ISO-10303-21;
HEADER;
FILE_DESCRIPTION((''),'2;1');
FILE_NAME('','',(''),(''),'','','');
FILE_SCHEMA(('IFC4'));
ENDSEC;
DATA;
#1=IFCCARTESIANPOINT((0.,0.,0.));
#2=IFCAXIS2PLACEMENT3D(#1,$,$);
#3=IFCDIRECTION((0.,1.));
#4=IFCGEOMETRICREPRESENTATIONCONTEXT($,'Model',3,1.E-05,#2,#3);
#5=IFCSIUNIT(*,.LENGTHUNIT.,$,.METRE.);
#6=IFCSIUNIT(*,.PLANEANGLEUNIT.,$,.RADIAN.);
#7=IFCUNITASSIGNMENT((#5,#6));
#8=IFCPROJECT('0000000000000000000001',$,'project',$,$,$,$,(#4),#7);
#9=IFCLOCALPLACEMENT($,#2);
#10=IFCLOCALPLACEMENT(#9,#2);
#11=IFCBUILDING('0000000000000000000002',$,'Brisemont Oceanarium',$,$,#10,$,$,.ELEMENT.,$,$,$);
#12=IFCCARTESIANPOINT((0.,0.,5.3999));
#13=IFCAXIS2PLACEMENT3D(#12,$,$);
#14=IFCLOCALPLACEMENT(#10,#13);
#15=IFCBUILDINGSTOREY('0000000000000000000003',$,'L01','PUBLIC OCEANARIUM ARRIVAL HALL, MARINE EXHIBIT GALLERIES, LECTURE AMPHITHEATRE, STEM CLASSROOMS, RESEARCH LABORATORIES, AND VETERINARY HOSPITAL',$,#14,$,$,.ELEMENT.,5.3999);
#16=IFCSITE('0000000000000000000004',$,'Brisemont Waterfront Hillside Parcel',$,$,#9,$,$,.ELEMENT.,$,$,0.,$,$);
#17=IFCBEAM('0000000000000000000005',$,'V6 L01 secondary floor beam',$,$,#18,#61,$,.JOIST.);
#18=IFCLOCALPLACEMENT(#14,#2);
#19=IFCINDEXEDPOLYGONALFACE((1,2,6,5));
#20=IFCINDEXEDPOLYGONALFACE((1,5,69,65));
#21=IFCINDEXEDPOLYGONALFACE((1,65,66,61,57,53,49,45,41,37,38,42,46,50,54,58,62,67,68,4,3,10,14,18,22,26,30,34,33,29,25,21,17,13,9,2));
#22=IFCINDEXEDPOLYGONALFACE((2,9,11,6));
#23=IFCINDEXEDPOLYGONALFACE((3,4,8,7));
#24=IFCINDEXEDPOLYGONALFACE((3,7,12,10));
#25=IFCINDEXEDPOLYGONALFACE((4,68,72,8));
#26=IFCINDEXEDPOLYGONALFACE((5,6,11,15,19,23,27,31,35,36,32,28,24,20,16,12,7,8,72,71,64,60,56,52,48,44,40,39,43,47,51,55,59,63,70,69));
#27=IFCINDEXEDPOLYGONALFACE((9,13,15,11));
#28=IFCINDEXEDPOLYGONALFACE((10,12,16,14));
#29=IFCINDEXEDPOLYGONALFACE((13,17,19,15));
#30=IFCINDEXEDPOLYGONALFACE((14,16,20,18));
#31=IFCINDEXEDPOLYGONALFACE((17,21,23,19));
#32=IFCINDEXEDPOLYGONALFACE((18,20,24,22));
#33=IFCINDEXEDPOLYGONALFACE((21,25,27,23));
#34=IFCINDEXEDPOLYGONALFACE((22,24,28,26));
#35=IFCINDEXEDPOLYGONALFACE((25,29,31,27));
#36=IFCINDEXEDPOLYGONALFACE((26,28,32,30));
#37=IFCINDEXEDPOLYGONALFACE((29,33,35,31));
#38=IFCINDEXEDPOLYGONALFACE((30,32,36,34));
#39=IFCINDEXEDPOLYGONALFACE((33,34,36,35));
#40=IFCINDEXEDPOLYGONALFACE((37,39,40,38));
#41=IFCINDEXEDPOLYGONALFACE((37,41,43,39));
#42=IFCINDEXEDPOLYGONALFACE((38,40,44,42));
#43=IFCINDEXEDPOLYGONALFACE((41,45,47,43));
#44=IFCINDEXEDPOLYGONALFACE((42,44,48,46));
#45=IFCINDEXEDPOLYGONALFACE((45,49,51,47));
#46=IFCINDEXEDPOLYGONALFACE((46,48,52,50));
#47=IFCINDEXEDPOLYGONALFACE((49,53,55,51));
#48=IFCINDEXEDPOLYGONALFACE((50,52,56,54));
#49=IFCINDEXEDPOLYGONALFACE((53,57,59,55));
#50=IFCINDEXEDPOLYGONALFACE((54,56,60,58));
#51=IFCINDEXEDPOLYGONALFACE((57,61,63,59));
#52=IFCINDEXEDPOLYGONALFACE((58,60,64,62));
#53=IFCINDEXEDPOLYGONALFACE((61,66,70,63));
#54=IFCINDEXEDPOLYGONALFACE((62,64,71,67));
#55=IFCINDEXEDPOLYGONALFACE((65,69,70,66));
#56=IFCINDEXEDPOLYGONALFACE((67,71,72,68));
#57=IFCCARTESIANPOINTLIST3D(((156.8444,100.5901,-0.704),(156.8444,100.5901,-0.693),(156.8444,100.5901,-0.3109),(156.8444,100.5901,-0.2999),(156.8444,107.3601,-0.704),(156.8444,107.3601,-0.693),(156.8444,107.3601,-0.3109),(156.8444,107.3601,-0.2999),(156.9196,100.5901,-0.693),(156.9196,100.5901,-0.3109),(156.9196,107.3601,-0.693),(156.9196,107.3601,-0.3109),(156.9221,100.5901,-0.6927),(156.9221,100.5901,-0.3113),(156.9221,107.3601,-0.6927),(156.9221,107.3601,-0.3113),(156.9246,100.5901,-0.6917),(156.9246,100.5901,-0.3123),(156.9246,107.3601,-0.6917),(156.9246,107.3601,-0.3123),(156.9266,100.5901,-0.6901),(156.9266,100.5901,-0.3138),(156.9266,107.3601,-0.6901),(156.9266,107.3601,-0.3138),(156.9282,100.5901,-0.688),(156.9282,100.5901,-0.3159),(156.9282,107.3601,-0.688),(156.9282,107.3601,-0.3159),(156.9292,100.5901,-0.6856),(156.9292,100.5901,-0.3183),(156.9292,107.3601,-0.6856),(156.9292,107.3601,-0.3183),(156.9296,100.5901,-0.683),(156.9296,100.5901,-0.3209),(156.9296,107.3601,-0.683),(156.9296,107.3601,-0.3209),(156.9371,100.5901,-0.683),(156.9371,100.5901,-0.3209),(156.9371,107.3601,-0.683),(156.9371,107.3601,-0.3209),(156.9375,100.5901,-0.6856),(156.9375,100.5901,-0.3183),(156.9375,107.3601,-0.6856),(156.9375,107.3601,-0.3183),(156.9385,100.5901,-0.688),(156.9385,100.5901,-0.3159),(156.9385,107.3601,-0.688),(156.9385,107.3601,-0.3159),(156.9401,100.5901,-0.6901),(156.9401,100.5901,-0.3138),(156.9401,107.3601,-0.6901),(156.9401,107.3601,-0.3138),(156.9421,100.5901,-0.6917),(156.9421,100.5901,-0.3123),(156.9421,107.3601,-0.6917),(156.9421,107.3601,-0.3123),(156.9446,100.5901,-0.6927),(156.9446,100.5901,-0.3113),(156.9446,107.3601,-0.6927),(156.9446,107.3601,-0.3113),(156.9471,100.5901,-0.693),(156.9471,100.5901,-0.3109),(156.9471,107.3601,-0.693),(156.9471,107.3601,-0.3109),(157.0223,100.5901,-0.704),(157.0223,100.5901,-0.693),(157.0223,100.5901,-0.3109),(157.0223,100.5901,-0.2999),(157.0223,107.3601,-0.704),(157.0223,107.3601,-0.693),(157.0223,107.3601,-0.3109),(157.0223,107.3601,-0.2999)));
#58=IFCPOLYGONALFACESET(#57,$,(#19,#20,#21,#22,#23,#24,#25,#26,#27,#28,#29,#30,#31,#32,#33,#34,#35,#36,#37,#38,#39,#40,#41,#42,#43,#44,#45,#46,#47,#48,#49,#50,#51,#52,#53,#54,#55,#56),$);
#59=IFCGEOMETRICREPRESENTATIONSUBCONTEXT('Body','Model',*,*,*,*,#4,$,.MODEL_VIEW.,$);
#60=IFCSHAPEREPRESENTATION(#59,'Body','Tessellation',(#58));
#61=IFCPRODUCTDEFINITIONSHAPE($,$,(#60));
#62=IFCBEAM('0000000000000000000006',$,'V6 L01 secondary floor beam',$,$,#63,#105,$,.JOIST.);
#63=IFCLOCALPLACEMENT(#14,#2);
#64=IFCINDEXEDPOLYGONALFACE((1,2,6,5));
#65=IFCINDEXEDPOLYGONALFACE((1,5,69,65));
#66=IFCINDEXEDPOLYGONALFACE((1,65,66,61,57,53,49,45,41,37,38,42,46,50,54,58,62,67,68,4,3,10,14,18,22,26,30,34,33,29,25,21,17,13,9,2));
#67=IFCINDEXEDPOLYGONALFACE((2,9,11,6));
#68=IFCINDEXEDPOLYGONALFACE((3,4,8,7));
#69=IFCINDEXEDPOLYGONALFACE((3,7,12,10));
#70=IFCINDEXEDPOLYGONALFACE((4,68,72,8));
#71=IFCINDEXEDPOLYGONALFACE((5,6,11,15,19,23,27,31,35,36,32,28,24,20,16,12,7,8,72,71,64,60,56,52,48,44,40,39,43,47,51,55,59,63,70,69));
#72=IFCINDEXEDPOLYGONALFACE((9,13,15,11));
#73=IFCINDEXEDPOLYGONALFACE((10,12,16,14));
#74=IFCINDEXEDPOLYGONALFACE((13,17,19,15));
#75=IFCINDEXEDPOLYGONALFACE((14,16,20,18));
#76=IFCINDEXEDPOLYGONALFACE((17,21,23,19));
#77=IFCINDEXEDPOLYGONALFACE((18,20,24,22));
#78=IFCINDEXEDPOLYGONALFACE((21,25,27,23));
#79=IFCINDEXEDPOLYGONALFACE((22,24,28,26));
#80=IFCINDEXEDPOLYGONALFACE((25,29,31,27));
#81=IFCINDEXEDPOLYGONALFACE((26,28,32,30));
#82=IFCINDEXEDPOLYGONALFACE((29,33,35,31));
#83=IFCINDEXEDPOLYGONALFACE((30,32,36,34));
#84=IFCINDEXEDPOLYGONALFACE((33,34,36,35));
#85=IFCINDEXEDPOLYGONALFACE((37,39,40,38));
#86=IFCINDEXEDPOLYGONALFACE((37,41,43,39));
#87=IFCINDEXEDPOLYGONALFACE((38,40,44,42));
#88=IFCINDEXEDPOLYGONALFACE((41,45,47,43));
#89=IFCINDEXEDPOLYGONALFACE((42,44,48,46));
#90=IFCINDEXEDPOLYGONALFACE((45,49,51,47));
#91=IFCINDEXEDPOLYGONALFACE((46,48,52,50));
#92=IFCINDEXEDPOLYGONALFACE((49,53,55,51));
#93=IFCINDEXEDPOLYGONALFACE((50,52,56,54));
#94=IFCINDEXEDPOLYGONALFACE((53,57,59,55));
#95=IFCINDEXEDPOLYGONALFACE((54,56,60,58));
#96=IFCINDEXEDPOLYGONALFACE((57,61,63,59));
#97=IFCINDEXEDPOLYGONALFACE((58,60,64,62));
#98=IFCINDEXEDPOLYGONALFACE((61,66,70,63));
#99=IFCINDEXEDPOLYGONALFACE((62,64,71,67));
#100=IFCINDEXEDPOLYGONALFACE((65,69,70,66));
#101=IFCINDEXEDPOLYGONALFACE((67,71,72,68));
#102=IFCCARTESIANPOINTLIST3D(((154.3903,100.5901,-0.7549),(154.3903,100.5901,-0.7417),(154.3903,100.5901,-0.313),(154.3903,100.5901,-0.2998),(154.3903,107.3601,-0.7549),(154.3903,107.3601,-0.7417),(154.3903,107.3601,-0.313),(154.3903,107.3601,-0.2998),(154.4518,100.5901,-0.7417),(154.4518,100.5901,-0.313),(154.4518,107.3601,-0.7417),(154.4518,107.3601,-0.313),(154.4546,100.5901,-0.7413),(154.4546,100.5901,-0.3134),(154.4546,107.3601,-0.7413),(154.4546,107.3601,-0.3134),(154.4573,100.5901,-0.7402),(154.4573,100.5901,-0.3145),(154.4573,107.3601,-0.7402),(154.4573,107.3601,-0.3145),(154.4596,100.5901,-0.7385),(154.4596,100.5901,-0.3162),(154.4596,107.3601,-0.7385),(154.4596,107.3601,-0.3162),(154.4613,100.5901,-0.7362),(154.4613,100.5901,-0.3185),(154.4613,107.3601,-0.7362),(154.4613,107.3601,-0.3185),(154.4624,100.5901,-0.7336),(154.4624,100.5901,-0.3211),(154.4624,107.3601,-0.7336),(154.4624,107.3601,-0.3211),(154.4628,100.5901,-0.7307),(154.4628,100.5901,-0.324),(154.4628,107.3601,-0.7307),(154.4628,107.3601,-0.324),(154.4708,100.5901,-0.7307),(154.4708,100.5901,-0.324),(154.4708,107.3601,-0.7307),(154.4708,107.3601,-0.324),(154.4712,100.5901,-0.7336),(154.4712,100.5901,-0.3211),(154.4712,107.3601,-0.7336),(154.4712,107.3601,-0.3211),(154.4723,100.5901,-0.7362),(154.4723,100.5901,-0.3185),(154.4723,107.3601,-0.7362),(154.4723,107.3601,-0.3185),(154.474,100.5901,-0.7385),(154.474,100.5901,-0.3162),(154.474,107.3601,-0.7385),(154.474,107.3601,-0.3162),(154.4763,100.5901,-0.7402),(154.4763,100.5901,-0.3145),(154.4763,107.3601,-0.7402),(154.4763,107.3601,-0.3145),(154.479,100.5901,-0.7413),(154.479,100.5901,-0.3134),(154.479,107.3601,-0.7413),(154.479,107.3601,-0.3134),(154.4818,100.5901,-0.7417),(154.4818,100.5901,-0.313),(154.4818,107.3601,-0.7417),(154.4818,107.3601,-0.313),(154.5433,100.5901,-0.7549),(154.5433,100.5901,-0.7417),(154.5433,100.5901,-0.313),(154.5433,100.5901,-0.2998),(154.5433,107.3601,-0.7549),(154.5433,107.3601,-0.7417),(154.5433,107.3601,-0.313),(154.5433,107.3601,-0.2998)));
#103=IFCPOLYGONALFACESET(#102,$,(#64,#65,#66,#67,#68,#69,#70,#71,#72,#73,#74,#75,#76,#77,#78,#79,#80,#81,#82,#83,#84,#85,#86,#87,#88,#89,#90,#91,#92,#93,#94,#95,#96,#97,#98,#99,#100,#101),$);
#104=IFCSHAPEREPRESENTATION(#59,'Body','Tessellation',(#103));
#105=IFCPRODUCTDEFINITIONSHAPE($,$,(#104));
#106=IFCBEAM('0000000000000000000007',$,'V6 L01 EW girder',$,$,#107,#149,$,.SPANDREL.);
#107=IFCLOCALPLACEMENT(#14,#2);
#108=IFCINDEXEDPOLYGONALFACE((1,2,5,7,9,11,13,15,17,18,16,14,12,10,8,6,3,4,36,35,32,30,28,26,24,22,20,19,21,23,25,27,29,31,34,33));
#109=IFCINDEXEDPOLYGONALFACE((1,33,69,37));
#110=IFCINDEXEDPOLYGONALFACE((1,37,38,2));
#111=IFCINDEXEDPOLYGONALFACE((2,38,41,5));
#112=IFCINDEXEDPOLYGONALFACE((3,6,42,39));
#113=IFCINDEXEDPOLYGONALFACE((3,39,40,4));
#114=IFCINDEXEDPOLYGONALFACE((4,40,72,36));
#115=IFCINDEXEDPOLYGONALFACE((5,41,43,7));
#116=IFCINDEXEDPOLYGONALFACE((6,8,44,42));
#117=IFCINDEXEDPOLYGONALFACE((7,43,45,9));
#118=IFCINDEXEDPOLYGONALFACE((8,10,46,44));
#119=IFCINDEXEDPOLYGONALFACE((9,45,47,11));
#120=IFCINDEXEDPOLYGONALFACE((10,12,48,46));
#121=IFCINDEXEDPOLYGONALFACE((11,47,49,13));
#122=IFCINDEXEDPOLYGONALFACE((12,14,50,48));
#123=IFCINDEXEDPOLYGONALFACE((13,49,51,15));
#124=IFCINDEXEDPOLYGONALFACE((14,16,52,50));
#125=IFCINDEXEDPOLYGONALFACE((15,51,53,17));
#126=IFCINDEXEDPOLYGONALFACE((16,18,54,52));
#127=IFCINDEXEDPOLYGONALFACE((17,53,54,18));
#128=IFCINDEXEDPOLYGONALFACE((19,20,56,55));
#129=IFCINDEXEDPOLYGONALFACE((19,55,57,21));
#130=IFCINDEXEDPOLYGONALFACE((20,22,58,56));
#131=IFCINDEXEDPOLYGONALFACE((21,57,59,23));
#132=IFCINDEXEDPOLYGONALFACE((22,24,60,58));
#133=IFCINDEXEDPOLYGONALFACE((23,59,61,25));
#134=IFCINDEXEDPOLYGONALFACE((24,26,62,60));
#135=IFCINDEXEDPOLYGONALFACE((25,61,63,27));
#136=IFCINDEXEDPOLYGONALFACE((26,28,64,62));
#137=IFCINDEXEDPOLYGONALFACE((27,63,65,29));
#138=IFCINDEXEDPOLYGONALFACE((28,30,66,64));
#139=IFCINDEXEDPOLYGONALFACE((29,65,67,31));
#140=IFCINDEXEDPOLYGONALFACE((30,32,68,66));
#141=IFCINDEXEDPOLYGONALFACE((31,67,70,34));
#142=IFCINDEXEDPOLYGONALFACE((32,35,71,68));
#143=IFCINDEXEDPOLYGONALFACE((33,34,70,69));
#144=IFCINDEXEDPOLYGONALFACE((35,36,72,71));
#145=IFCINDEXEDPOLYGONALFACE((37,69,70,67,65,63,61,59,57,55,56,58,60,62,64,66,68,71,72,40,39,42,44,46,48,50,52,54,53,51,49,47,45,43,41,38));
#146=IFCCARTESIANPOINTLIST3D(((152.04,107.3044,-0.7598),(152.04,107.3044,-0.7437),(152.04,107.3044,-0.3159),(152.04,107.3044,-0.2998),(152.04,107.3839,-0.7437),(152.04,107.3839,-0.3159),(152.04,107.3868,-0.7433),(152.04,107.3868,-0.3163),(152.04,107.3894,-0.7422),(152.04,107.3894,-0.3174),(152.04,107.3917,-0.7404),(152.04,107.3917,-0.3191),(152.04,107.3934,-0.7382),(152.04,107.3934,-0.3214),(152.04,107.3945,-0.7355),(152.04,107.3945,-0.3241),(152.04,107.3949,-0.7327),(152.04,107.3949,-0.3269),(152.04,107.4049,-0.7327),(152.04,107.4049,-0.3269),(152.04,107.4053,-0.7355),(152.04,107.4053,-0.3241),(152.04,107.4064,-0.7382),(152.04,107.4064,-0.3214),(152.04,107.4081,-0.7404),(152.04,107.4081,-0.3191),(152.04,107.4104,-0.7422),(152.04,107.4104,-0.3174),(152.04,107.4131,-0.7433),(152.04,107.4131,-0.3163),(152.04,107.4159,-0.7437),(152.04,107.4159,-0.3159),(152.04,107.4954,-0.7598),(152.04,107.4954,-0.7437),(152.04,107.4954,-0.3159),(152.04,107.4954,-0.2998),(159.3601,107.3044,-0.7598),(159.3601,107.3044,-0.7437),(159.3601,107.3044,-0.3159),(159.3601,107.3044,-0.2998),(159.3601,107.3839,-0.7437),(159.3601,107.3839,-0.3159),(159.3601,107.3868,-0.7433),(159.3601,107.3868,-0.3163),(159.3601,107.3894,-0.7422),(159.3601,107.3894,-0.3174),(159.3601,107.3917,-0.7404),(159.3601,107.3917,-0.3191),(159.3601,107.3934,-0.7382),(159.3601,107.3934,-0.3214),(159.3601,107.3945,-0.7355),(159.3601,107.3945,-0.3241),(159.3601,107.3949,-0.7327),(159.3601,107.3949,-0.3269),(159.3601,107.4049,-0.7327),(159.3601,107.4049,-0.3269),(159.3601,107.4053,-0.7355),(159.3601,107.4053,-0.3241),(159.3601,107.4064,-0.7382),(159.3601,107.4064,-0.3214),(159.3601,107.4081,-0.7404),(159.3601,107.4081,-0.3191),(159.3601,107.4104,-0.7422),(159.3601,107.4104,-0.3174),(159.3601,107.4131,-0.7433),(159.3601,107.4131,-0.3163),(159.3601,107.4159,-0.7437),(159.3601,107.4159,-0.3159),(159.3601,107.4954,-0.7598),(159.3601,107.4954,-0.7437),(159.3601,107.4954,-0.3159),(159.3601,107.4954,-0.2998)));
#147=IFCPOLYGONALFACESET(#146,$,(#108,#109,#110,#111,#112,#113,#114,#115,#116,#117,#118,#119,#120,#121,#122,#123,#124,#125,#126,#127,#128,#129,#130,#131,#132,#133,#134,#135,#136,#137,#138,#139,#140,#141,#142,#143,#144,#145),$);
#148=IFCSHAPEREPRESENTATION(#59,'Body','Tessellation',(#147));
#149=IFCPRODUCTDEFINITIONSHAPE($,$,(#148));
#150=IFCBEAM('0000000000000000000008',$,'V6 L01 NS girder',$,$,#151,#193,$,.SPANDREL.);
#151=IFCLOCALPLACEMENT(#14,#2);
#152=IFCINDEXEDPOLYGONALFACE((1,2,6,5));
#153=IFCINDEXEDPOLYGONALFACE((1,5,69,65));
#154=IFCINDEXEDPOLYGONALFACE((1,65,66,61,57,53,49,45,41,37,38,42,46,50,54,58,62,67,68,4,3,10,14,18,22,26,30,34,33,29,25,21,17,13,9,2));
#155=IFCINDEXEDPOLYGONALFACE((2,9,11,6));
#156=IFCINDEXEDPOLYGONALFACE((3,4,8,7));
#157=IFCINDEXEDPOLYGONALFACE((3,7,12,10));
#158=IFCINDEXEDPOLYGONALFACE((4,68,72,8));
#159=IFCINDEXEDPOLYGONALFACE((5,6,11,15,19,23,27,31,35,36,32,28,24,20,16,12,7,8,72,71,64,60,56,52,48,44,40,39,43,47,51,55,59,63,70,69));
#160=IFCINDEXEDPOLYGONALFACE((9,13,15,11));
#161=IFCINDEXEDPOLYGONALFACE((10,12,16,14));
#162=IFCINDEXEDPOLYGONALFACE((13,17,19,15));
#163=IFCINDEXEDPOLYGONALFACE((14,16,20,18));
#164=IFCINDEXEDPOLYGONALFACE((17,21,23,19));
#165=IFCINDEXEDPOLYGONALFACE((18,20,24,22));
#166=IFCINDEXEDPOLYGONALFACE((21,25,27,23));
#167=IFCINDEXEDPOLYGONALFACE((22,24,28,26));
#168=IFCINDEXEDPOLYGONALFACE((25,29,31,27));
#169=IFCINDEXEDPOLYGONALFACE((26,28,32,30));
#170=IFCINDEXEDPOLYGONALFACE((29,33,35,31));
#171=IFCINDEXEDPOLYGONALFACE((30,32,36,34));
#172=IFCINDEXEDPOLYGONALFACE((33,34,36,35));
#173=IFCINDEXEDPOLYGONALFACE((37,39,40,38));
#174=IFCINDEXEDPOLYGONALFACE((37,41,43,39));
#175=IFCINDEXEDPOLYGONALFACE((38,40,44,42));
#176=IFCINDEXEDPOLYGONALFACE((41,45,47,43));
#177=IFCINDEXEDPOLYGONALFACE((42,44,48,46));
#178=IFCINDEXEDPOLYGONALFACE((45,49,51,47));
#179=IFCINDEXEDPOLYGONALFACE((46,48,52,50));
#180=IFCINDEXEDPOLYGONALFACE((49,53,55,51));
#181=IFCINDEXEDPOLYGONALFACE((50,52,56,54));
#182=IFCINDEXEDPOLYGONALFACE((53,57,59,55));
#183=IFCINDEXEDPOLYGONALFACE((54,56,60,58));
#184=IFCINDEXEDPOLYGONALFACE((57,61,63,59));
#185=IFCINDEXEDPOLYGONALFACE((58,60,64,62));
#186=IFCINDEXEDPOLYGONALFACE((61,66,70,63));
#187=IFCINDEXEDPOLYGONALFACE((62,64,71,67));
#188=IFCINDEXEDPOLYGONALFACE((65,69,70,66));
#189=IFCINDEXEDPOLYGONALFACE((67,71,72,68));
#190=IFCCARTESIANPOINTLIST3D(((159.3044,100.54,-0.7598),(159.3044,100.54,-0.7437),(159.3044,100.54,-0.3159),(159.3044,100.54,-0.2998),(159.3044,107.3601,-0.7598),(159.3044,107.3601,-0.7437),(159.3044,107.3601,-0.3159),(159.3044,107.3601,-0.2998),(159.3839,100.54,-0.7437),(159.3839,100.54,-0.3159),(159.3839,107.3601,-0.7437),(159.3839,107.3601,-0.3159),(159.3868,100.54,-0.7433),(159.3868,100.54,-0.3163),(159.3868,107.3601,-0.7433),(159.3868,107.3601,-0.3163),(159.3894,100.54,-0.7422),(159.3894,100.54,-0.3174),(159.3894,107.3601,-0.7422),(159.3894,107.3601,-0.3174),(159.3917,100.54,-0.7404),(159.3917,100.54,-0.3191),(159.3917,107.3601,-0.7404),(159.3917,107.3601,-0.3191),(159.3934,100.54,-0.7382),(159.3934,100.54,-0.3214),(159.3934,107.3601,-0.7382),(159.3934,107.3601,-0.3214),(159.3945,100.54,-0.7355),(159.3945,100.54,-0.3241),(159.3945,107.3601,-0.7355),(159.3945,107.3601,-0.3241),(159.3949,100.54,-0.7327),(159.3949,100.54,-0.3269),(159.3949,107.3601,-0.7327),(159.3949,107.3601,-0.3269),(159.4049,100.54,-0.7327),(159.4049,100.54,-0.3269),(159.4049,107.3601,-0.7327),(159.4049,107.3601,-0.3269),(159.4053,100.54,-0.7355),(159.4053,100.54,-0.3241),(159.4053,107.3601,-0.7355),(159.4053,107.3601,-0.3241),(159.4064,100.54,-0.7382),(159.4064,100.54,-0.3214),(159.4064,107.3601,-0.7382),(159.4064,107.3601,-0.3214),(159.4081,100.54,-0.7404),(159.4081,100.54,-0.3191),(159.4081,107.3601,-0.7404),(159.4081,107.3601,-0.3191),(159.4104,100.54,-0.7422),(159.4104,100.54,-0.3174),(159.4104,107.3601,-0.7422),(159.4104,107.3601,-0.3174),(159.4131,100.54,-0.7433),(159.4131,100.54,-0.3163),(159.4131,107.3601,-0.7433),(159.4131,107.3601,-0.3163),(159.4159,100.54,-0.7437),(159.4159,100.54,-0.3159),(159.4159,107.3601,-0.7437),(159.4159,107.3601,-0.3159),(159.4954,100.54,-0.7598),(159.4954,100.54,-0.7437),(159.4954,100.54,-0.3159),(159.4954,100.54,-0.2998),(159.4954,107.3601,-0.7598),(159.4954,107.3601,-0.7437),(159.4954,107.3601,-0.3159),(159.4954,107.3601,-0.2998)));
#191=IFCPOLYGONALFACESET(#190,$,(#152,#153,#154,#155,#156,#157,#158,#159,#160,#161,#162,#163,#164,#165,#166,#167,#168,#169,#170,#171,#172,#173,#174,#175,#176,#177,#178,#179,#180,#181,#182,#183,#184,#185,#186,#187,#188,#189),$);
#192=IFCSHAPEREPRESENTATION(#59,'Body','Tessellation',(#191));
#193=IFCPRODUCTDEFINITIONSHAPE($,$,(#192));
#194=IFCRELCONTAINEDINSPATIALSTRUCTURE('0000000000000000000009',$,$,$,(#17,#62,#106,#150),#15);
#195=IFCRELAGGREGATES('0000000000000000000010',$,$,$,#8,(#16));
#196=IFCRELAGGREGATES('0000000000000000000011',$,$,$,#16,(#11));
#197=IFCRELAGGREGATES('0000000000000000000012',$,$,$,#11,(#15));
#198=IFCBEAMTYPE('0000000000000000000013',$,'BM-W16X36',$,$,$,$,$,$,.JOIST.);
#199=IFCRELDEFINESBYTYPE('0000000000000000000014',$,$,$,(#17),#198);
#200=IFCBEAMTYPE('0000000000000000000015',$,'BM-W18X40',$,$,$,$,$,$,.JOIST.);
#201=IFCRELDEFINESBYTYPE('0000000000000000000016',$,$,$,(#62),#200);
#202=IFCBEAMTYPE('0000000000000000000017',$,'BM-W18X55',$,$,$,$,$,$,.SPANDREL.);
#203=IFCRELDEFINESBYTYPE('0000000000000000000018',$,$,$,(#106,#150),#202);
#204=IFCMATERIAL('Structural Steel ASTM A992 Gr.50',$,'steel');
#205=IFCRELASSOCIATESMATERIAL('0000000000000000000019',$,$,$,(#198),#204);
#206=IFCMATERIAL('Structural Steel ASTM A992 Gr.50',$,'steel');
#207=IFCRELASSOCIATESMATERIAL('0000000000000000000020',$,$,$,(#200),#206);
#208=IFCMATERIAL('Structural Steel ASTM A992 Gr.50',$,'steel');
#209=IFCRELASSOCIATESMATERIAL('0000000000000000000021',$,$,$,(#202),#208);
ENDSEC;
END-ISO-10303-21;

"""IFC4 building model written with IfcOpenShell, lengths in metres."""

from ifc_helpers import new_model, si_unit, direction, frame, origin, origin_2d, place, context, subcontext, project, spatial, i_section, extrude, material, material_profile, profile_set, type_object, element, save


model = new_model("IFC4")

# Units and contexts
model_context = context("Model", 3, precision=1e-05, world=origin(), true_north=direction((0.0, 1.0)))
body_context = subcontext(model_context, "Body", "Model", "MODEL_VIEW")
ifc_project = project(units=[si_unit("LENGTHUNIT", "METRE"), si_unit("PLANEANGLEUNIT", "RADIAN")], contexts=[model_context])

# Site, building, storey
site_placement = place(None, origin())
site = spatial("IfcSite", under=ifc_project, at=site_placement, Name="Brisemont Waterfront Hillside Parcel", CompositionType="ELEMENT", RefElevation=0.0)
building_placement = place(site_placement, origin())
building = spatial("IfcBuilding", under=site, at=building_placement, Name="Brisemont Oceanarium", CompositionType="ELEMENT")
storey_placement = place(building_placement, frame((0.0, 0.0, 5.3999)))
storey = spatial("IfcBuildingStorey", under=building, at=storey_placement, Name="L01", Description="PUBLIC OCEANARIUM ARRIVAL HALL, MARINE EXHIBIT GALLERIES, LECTURE AMPHITHEATRE, STEM CLASSROOMS, RESEARCH LABORATORIES, AND VETERINARY HOSPITAL", CompositionType="ELEMENT", Elevation=5.3999)

# Beams
ifc_material_1 = material(Name="Structural Steel ASTM A992 Gr.50", Category="steel")
ifc_material_profile_1 = material_profile(ifc_material_1, i_section(OverallWidth=0.178, OverallDepth=0.4041, WebThickness=0.0076, FlangeThickness=0.011, FilletRadius=0.01, at=origin_2d()), Name="W16X36")
ifc_profile_set_1 = profile_set([ifc_material_profile_1], Name="Structural Steel ASTM A992 Gr.50")
beam_type_1 = type_object("IfcBeamType", Name="BM-W16X36", PredefinedType="JOIST", material=ifc_profile_set_1)
beam_1_placement = place(storey_placement, frame((156.9333, 100.5901, -0.502), z_axis=(0.0, 1.0, 0.0), x_axis=(-1.0, 0.0, 0.0)))
element("IfcBeam", 1, at=beam_1_placement, inside=storey, type_object=beam_type_1, Name="V6 L01 secondary floor beam", PredefinedType="JOIST", context=body_context, shape_type="SweptSolid", body=[
    extrude(i_section(OverallWidth=0.178, OverallDepth=0.4041, WebThickness=0.0076, FlangeThickness=0.011, FilletRadius=0.01, at=origin_2d()), origin(), (0.0, 0.0, 1.0), 6.77),
])
ifc_material_2 = material(Name="Structural Steel ASTM A992 Gr.50", Category="steel")
ifc_material_profile_2 = material_profile(ifc_material_2, i_section(OverallWidth=0.1531, OverallDepth=0.4551, WebThickness=0.0081, FlangeThickness=0.0132, FilletRadius=0.011, at=origin_2d()), Name="W18X40")
ifc_profile_set_2 = profile_set([ifc_material_profile_2], Name="Structural Steel ASTM A992 Gr.50")
beam_type_2 = type_object("IfcBeamType", Name="BM-W18X40", PredefinedType="JOIST", material=ifc_profile_set_2)
beam_2_placement = place(storey_placement, frame((154.4668, 100.5901, -0.5273), z_axis=(0.0, 1.0, 0.0), x_axis=(-1.0, 0.0, 0.0)))
element("IfcBeam", 2, at=beam_2_placement, inside=storey, type_object=beam_type_2, Name="V6 L01 secondary floor beam", PredefinedType="JOIST", context=body_context, shape_type="SweptSolid", body=[
    extrude(i_section(OverallWidth=0.1531, OverallDepth=0.4551, WebThickness=0.0081, FlangeThickness=0.0132, FilletRadius=0.011, at=origin_2d()), origin(), (0.0, 0.0, 1.0), 6.77),
])
ifc_material_3 = material(Name="Structural Steel ASTM A992 Gr.50", Category="steel")
ifc_material_profile_3 = material_profile(ifc_material_3, i_section(OverallWidth=0.1909, OverallDepth=0.46, WebThickness=0.01, FlangeThickness=0.0161, FilletRadius=0.011, at=origin_2d()), Name="W18X55")
ifc_profile_set_3 = profile_set([ifc_material_profile_3], Name="Structural Steel ASTM A992 Gr.50")
beam_type_3 = type_object("IfcBeamType", Name="BM-W18X55", PredefinedType="SPANDREL", material=ifc_profile_set_3)
beam_3_placement = place(storey_placement, frame((152.04, 107.3999, -0.5298), z_axis=(1.0, 0.0, 0.0), x_axis=(0.0, 1.0, 0.0)))
element("IfcBeam", 3, at=beam_3_placement, inside=storey, type_object=beam_type_3, Name="V6 L01 EW girder", PredefinedType="SPANDREL", context=body_context, shape_type="SweptSolid", body=[
    extrude(i_section(OverallWidth=0.1909, OverallDepth=0.46, WebThickness=0.01, FlangeThickness=0.0161, FilletRadius=0.011, at=origin_2d()), origin(), (0.0, 0.0, 1.0), 7.3201),
])
beam_4_placement = place(storey_placement, frame((159.3999, 100.54, -0.5298), z_axis=(0.0, 1.0, 0.0), x_axis=(-1.0, 0.0, 0.0)))
element("IfcBeam", 4, at=beam_4_placement, inside=storey, type_object=beam_type_3, Name="V6 L01 NS girder", PredefinedType="SPANDREL", context=body_context, shape_type="SweptSolid", body=[
    extrude(i_section(OverallWidth=0.1909, OverallDepth=0.46, WebThickness=0.01, FlangeThickness=0.0161, FilletRadius=0.011, at=origin_2d()), origin(), (0.0, 0.0, 1.0), 6.8201),
])

save(model, "model.ifc")
